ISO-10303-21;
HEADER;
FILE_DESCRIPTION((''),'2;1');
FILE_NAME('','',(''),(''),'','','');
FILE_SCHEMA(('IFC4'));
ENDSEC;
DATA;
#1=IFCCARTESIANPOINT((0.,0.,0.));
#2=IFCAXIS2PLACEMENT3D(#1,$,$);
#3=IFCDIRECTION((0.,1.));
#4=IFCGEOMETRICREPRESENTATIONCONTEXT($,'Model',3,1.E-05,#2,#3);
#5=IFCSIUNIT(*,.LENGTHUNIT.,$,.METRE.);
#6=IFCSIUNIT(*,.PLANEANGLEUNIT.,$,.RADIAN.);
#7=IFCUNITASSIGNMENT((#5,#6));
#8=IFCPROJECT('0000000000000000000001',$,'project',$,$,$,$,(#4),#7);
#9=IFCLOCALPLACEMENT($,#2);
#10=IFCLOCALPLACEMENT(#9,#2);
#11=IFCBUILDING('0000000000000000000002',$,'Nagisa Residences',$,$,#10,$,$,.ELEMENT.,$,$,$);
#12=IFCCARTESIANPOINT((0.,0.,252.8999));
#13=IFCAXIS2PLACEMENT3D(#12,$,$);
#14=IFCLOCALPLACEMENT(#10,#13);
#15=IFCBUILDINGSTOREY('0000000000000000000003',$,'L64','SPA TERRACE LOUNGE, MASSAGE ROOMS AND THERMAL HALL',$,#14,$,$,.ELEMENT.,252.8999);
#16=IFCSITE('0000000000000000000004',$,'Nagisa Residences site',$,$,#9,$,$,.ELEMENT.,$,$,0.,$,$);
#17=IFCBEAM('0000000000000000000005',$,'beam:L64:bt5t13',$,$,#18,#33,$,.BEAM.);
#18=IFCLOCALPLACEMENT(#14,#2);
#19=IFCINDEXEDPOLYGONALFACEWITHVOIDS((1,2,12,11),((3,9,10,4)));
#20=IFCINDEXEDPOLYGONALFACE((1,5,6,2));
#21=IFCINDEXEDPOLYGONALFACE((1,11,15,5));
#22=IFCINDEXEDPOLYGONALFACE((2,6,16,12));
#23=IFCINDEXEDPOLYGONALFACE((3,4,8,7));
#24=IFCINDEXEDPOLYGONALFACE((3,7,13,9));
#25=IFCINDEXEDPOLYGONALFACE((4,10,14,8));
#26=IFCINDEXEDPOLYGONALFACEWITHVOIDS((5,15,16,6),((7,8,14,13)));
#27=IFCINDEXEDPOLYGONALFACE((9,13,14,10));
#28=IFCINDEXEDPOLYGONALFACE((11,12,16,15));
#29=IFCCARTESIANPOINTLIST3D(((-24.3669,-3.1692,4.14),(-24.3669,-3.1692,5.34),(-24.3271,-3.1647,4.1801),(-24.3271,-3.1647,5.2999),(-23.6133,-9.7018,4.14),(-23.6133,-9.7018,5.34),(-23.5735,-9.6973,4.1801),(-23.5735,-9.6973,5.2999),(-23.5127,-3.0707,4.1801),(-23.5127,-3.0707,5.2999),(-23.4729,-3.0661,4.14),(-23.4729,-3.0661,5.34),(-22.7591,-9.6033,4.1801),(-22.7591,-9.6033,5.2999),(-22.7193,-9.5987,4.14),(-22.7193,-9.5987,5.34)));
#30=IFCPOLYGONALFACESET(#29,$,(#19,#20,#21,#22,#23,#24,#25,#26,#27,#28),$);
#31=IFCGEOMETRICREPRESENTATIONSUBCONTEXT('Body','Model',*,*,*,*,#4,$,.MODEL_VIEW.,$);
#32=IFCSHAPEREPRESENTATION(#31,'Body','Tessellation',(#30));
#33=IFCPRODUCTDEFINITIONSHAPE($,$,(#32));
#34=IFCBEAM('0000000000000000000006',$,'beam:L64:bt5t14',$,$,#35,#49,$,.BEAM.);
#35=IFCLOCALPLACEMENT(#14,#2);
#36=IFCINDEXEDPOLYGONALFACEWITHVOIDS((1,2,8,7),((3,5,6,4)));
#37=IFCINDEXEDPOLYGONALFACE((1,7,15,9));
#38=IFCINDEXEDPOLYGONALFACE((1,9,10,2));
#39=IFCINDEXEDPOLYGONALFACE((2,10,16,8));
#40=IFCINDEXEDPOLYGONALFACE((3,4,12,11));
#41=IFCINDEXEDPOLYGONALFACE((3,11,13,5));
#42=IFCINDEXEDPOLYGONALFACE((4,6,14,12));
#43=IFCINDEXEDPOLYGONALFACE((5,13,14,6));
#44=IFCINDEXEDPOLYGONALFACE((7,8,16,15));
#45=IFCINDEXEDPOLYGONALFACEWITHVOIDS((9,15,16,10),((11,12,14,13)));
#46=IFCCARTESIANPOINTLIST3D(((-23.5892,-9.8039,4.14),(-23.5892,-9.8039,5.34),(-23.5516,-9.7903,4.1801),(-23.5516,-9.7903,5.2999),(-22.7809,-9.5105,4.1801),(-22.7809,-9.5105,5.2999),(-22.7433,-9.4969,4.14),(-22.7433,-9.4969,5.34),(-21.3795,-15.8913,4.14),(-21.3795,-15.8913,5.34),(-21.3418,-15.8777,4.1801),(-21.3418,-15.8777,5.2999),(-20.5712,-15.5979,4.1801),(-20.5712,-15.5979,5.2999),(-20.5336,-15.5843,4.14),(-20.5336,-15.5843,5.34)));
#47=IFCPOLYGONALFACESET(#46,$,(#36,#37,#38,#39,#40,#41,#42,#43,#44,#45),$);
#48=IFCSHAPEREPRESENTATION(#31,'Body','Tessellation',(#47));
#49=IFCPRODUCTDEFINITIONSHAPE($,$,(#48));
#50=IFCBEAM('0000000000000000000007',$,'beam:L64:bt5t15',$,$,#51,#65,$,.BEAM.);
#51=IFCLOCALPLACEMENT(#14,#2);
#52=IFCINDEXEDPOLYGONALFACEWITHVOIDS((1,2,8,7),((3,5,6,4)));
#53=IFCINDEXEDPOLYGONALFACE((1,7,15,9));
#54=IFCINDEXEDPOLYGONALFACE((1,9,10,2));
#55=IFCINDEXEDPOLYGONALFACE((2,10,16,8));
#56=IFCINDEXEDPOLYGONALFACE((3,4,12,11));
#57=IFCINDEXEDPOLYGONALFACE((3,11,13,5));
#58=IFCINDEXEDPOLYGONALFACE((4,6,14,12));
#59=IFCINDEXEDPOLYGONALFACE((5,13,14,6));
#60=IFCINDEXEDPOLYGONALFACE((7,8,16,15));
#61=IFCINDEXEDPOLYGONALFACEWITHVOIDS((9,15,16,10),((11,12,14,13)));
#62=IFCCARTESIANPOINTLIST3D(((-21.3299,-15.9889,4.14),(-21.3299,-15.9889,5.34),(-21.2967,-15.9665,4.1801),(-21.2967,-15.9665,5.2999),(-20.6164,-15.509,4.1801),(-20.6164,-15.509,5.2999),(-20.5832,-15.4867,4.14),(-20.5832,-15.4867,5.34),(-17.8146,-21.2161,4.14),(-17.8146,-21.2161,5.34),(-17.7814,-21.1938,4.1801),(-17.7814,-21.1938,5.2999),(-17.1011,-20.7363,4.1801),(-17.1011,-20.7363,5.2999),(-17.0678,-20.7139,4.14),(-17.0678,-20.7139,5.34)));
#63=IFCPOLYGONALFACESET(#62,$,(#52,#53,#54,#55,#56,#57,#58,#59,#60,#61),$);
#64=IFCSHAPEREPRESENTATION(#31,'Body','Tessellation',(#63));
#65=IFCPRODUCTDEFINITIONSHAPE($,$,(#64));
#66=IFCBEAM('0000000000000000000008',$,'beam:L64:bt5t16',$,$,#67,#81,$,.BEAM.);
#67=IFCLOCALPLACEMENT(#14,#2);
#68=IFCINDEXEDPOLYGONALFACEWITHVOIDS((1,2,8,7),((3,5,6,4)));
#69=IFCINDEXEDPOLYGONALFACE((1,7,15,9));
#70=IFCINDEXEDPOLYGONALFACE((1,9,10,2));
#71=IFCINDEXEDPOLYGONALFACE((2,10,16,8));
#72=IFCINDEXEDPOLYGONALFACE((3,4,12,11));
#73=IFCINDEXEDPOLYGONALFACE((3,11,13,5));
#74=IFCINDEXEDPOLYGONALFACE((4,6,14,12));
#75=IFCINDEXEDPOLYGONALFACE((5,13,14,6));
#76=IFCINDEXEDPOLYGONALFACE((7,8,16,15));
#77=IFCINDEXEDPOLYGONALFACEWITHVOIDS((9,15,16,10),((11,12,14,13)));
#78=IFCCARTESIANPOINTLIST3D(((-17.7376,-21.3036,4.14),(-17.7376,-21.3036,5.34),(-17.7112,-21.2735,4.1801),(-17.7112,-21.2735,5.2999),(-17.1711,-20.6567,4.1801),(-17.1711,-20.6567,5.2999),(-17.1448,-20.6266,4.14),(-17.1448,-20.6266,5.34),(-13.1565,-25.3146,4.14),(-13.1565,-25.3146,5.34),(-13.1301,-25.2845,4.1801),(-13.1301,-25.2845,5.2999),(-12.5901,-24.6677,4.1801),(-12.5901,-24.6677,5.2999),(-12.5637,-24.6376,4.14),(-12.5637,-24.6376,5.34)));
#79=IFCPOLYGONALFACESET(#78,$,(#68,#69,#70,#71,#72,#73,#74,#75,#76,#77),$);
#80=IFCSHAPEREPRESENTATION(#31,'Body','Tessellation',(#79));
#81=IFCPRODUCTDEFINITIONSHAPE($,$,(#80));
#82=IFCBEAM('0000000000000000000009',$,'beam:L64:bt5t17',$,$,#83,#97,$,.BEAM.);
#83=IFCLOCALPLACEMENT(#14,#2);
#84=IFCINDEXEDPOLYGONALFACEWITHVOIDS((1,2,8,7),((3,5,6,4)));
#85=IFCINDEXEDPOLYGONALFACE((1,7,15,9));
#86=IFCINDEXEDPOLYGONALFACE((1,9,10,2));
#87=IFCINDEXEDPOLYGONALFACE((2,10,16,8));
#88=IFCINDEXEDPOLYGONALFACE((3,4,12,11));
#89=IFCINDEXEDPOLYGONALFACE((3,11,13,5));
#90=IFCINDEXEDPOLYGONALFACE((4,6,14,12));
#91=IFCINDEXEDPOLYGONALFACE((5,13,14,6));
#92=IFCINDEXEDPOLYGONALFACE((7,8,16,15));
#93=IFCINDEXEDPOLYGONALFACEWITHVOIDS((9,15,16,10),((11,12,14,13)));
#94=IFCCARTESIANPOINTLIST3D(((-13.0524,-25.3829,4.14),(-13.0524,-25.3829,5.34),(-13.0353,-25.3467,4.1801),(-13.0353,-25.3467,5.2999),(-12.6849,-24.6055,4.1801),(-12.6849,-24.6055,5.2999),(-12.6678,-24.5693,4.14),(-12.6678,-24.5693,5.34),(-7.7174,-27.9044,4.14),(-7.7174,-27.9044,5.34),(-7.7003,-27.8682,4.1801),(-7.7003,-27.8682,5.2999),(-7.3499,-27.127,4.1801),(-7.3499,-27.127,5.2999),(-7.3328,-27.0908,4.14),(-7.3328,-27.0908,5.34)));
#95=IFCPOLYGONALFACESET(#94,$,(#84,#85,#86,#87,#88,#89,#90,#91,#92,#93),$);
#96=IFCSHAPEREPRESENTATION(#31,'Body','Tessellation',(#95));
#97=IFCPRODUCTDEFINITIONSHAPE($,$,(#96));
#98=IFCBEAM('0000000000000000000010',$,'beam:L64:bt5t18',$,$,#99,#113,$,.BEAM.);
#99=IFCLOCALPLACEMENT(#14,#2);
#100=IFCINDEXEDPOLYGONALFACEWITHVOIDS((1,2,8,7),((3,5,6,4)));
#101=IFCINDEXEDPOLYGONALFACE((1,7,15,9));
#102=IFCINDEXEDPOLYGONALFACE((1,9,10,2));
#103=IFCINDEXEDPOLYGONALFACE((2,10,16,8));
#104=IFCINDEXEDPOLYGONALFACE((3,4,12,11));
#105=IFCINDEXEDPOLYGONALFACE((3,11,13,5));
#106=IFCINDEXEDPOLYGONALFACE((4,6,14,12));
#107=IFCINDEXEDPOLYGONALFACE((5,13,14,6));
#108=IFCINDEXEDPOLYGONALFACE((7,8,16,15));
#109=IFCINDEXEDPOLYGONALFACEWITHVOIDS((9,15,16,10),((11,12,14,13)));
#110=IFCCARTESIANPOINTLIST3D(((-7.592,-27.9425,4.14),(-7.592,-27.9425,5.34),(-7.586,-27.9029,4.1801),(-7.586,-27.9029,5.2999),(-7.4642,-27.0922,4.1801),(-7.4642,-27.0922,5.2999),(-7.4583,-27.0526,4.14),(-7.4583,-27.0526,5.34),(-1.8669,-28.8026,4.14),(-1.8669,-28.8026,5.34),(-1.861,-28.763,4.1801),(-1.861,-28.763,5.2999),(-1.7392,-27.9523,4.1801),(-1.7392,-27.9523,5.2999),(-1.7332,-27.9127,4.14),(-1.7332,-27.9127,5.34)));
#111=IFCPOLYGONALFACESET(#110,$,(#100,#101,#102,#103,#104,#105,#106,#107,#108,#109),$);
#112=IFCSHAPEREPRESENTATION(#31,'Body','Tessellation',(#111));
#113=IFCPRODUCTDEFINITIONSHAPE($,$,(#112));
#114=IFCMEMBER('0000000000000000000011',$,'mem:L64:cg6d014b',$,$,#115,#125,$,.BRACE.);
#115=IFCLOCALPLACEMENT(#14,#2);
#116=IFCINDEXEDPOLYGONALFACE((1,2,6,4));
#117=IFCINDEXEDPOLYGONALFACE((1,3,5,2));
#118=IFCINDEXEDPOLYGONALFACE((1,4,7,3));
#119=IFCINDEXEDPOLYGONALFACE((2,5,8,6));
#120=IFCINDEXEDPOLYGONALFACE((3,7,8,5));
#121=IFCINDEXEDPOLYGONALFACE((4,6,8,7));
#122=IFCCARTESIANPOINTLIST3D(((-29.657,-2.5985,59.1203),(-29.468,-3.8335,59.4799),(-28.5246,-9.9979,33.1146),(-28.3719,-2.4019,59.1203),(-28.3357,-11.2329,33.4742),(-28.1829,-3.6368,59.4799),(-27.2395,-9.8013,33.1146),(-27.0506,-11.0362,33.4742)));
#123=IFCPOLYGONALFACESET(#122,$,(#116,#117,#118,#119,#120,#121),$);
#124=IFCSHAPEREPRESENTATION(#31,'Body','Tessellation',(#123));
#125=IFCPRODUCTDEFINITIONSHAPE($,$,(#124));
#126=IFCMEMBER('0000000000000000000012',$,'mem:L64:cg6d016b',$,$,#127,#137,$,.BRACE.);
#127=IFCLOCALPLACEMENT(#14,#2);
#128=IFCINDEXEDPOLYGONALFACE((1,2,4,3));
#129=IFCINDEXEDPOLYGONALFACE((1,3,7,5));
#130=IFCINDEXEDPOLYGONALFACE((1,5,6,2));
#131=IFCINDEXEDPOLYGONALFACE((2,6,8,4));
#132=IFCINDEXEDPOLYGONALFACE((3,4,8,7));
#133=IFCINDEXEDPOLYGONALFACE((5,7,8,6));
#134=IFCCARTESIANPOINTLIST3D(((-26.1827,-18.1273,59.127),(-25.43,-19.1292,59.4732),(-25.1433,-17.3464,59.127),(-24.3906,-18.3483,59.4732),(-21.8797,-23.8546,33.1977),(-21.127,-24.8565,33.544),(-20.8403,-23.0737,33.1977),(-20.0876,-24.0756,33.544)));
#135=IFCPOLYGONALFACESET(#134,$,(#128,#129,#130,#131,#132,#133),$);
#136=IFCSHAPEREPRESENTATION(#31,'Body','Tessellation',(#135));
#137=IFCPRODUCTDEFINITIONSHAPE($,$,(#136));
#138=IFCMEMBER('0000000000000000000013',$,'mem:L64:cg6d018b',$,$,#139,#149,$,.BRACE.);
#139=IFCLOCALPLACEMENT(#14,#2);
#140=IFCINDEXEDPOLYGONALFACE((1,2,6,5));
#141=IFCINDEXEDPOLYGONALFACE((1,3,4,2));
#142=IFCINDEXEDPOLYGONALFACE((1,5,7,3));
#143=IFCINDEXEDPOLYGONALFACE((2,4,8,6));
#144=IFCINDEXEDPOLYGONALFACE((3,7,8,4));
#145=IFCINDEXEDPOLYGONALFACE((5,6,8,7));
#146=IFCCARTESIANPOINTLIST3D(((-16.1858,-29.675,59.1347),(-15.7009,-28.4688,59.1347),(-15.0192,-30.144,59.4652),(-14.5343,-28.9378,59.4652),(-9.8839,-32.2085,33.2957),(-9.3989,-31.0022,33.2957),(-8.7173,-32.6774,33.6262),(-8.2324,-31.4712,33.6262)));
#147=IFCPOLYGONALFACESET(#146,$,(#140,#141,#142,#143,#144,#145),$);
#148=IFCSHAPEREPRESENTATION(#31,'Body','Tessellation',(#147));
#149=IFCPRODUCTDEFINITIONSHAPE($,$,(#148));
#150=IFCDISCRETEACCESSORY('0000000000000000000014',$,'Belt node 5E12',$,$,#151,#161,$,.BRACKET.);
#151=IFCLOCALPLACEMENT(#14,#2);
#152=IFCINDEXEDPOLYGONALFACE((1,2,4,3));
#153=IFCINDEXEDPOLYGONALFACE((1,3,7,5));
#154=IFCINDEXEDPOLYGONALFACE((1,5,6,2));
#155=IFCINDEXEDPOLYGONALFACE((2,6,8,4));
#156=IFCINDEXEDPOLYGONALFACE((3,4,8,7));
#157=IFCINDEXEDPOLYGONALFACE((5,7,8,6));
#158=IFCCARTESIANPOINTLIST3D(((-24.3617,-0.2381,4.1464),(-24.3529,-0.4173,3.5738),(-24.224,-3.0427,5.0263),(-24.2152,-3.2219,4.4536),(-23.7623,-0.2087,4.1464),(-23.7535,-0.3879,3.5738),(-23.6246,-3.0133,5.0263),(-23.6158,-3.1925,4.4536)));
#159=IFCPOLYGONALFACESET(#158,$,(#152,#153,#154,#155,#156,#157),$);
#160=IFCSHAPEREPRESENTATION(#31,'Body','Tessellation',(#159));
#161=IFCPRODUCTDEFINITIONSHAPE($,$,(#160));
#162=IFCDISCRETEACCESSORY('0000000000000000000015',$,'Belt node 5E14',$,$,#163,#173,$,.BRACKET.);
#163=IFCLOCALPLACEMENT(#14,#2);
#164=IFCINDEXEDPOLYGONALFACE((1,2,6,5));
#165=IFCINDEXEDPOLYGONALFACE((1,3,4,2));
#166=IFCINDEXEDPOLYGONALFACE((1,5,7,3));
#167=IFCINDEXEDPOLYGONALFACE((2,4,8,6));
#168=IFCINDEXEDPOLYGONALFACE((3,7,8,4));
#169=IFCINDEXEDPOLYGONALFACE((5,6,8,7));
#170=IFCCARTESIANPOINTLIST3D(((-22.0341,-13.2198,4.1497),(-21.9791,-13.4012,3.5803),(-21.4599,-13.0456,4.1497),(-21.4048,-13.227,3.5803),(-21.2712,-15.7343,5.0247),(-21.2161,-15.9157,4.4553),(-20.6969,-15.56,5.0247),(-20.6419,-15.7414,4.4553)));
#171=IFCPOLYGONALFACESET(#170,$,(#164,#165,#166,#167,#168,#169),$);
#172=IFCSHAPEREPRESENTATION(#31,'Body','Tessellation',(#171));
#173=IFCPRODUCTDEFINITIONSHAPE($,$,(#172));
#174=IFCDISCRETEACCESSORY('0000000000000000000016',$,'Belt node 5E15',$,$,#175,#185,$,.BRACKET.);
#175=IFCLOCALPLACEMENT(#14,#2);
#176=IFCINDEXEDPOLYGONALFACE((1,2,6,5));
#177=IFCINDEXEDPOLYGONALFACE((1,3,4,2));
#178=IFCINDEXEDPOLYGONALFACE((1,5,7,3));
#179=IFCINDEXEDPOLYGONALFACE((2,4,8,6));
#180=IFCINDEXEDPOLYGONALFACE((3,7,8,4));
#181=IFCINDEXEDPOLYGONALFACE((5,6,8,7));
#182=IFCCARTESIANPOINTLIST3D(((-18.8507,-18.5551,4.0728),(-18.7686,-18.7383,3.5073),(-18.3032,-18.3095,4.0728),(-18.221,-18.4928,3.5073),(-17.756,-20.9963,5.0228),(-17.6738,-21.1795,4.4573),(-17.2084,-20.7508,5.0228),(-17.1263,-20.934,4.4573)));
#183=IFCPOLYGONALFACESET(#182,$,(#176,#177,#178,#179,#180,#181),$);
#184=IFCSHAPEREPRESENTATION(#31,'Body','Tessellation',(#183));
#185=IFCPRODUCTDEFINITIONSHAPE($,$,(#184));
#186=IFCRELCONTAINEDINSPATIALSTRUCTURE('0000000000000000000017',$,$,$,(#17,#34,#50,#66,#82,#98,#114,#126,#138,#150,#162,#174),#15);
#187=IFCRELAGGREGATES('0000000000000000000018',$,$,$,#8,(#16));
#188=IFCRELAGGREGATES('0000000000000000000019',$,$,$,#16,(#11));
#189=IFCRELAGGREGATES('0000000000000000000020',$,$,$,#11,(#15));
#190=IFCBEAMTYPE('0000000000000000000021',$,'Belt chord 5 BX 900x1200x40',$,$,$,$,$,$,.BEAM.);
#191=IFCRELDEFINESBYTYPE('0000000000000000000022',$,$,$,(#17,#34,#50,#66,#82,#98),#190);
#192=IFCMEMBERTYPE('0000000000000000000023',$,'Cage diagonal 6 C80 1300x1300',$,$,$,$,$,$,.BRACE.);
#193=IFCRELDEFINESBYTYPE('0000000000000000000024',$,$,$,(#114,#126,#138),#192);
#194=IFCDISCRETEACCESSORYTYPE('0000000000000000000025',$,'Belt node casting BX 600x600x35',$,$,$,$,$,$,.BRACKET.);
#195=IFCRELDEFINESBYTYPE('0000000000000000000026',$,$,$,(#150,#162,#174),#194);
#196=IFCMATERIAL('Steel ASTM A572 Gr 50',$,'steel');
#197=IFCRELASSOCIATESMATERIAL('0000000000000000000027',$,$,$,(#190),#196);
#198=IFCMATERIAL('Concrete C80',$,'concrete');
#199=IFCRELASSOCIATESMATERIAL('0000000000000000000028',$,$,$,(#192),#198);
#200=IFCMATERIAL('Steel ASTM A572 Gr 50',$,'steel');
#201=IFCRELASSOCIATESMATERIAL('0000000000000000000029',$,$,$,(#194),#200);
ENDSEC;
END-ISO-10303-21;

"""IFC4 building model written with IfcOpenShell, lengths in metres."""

from ifc_helpers import new_model, si_unit, direction, frame, origin, origin_2d, place, context, subcontext, project, spatial, rectangle, hollow_rectangle, extrude, material, material_profile, profile_set, type_object, element, save


model = new_model("IFC4")

# Units and contexts
model_context = context("Model", 3, precision=1e-05, world=origin(), true_north=direction((0.0, 1.0)))
body_context = subcontext(model_context, "Body", "Model", "MODEL_VIEW")
ifc_project = project(units=[si_unit("LENGTHUNIT", "METRE"), si_unit("PLANEANGLEUNIT", "RADIAN")], contexts=[model_context])

# Site, building, storey
site_placement = place(None, origin())
site = spatial("IfcSite", under=ifc_project, at=site_placement, Name="Nagisa Residences site", CompositionType="ELEMENT", RefElevation=0.0)
building_placement = place(site_placement, origin())
building = spatial("IfcBuilding", under=site, at=building_placement, Name="Nagisa Residences", CompositionType="ELEMENT")
storey_placement = place(building_placement, frame((0.0, 0.0, 252.8999)))
storey = spatial("IfcBuildingStorey", under=building, at=storey_placement, Name="L64", Description="SPA TERRACE LOUNGE, MASSAGE ROOMS AND THERMAL HALL", CompositionType="ELEMENT", Elevation=252.8999)

# Beams
ifc_material_1 = material(Name="Steel ASTM A572 Gr 50", Category="steel")
ifc_material_profile_1 = material_profile(ifc_material_1, hollow_rectangle(XDim=0.8999, YDim=1.2, WallThickness=0.04, at=origin_2d()), Name="BX 900x1200x40")
ifc_profile_set_1 = profile_set([ifc_material_profile_1], Name="Steel ASTM A572 Gr 50")
beam_type = type_object("IfcBeamType", Name="Belt chord 5 BX 900x1200x40", PredefinedType="BEAM", material=ifc_profile_set_1)
beam_1_placement = place(storey_placement, frame((-23.9199, -3.1177, 4.74), z_axis=(0.114607, -0.993411, 0.0), x_axis=(0.993411, 0.114607, 0.0)))
element("IfcBeam", 1, at=beam_1_placement, inside=storey, type_object=beam_type, Name="beam:L64:bt5t13", PredefinedType="BEAM", context=body_context, shape_type="SweptSolid", body=[
    extrude(hollow_rectangle(XDim=0.8999, YDim=1.2, WallThickness=0.04, at=origin_2d()), origin(), (0.0, 0.0, 1.0), 6.5759),
])
beam_2_placement = place(storey_placement, frame((-23.1663, -9.6504, 4.74), z_axis=(0.341213, -0.939986, 0.0), x_axis=(0.939986, 0.341213, 0.0)))
element("IfcBeam", 2, at=beam_2_placement, inside=storey, type_object=beam_type, Name="beam:L64:bt5t14", PredefinedType="BEAM", context=body_context, shape_type="SweptSolid", body=[
    extrude(hollow_rectangle(XDim=0.8999, YDim=1.2, WallThickness=0.04, at=origin_2d()), origin(), (0.0, 0.0, 1.0), 6.4761),
])
beam_3_placement = place(storey_placement, frame((-20.9565, -15.7378, 4.74), z_axis=(0.55805, -0.829808, 0.0), x_axis=(0.829808, 0.55805, 0.0)))
element("IfcBeam", 3, at=beam_3_placement, inside=storey, type_object=beam_type, Name="beam:L64:bt5t15", PredefinedType="BEAM", context=body_context, shape_type="SweptSolid", body=[
    extrude(hollow_rectangle(XDim=0.8999, YDim=1.2, WallThickness=0.04, at=origin_2d()), origin(), (0.0, 0.0, 1.0), 6.2993),
])
beam_4_placement = place(storey_placement, frame((-17.4412, -20.9651, 4.74), z_axis=(0.752368, -0.658743, 0.0), x_axis=(0.658743, 0.752368, 0.0)))
element("IfcBeam", 4, at=beam_4_placement, inside=storey, type_object=beam_type, Name="beam:L64:bt5t16", PredefinedType="BEAM", context=body_context, shape_type="SweptSolid", body=[
    extrude(hollow_rectangle(XDim=0.8999, YDim=1.2, WallThickness=0.04, at=origin_2d()), origin(), (0.0, 0.0, 1.0), 6.0889),
])
beam_5_placement = place(storey_placement, frame((-12.8601, -24.9761, 4.74), z_axis=(0.904105, -0.427311, 0.0), x_axis=(0.427311, 0.904105, 0.0)))
element("IfcBeam", 5, at=beam_5_placement, inside=storey, type_object=beam_type, Name="beam:L64:bt5t17", PredefinedType="BEAM", context=body_context, shape_type="SweptSolid", body=[
    extrude(hollow_rectangle(XDim=0.8999, YDim=1.2, WallThickness=0.04, at=origin_2d()), origin(), (0.0, 0.0, 1.0), 5.9009),
])
beam_6_placement = place(storey_placement, frame((-7.5251, -27.4976, 4.74), z_axis=(0.988902, -0.148567, 0.0), x_axis=(0.148567, 0.988902, 0.0)))
element("IfcBeam", 6, at=beam_6_placement, inside=storey, type_object=beam_type, Name="beam:L64:bt5t18", PredefinedType="BEAM", context=body_context, shape_type="SweptSolid", body=[
    extrude(hollow_rectangle(XDim=0.8999, YDim=1.2, WallThickness=0.04, at=origin_2d()), origin(), (0.0, 0.0, 1.0), 5.7893),
])

# Members
ifc_material_2 = material(Name="Concrete C80", Category="concrete")
ifc_material_profile_2 = material_profile(ifc_material_2, rectangle(XDim=1.3, YDim=1.3, at=origin_2d()), Name="C80 1300x1300")
ifc_profile_set_2 = profile_set([ifc_material_profile_2], Name="Concrete C80")
member_type = type_object("IfcMemberType", Name="Cage diagonal 6 C80 1300x1300", PredefinedType="BRACE", material=ifc_profile_set_2)
member_1_placement = place(storey_placement, frame((-27.7876, -10.5171, 33.2944), z_axis=(-0.041843, 0.273429, 0.960982), x_axis=(-0.988493, -0.151268, 0.0)))
element("IfcMember", 7, at=member_1_placement, inside=storey, type_object=member_type, Name="mem:L64:cg6d014b", PredefinedType="BRACE", context=body_context, shape_type="SweptSolid", body=[
    extrude(rectangle(XDim=1.3, YDim=1.3, at=origin_2d()), origin(), (0.0, 0.0, 1.0), 27.0615),
])
member_2_placement = place(storey_placement, frame((-20.9836, -23.9651, 33.3708), z_axis=(-0.159959, 0.212906, 0.96389), x_axis=(-0.799497, -0.60067, 0.0)))
element("IfcMember", 8, at=member_2_placement, inside=storey, type_object=member_type, Name="mem:L64:cg6d016b", PredefinedType="BRACE", context=body_context, shape_type="SweptSolid", body=[
    extrude(rectangle(XDim=1.3, YDim=1.3, at=origin_2d()), origin(), (0.0, 0.0, 1.0), 26.9006),
])
member_3_placement = place(storey_placement, frame((-9.0581, -31.8398, 33.4609), z_axis=(-0.235881, 0.094826, 0.967144), x_axis=(-0.372995, -0.927833, 0.0)))
element("IfcMember", 9, at=member_3_placement, inside=storey, type_object=member_type, Name="mem:L64:cg6d018b", PredefinedType="BRACE", context=body_context, shape_type="SweptSolid", body=[
    extrude(rectangle(XDim=1.3, YDim=1.3, at=origin_2d()), origin(), (0.0, 0.0, 1.0), 26.7168),
])

# Discrete accessories
ifc_material_3 = material(Name="Steel ASTM A572 Gr 50", Category="steel")
discrete_accessory_type_1 = type_object("IfcDiscreteAccessoryType", Name="Belt node casting BX 600x600x35", PredefinedType="BRACKET", material=ifc_material_3)
discrete_accessory_1_placement = place(storey_placement, frame((-24.0576, -0.313, 3.8601), z_axis=(0.046792, -0.953103, 0.299006), x_axis=(0.998797, 0.049036, 0.0)))
element("IfcDiscreteAccessory", 10, at=discrete_accessory_1_placement, inside=storey, type_object=discrete_accessory_type_1, Name="Belt node 5E12", PredefinedType="BRACKET", context=body_context, shape_type="SweptSolid", body=[
    extrude(rectangle(XDim=0.6001, YDim=0.6001, at=origin_2d()), origin(), (0.0, 0.0, 1.0), 2.9426),
])
discrete_accessory_2_placement = place(storey_placement, frame((-21.7195, -13.2234, 3.865), z_axis=(0.275483, -0.907903, 0.315946), x_axis=(0.956919, 0.290356, 0.0)))
element("IfcDiscreteAccessory", 11, at=discrete_accessory_2_placement, inside=storey, type_object=discrete_accessory_type_1, Name="Belt node 5E14", PredefinedType="BRACKET", context=body_context, shape_type="SweptSolid", body=[
    extrude(rectangle(XDim=0.6001, YDim=0.6001, at=origin_2d()), origin(), (0.0, 0.0, 1.0), 2.7695),
])
discrete_accessory_3_placement = place(storey_placement, frame((-18.5359, -18.5239, 3.79), z_axis=(0.385598, -0.859857, 0.334604), x_axis=(0.912452, 0.409184, 0.0)))
element("IfcDiscreteAccessory", 12, at=discrete_accessory_3_placement, inside=storey, type_object=discrete_accessory_type_1, Name="Belt node 5E15", PredefinedType="BRACKET", context=body_context, shape_type="SweptSolid", body=[
    extrude(rectangle(XDim=0.6001, YDim=0.6001, at=origin_2d()), origin(), (0.0, 0.0, 1.0), 2.8391),
])

save(model, "model.ifc")
